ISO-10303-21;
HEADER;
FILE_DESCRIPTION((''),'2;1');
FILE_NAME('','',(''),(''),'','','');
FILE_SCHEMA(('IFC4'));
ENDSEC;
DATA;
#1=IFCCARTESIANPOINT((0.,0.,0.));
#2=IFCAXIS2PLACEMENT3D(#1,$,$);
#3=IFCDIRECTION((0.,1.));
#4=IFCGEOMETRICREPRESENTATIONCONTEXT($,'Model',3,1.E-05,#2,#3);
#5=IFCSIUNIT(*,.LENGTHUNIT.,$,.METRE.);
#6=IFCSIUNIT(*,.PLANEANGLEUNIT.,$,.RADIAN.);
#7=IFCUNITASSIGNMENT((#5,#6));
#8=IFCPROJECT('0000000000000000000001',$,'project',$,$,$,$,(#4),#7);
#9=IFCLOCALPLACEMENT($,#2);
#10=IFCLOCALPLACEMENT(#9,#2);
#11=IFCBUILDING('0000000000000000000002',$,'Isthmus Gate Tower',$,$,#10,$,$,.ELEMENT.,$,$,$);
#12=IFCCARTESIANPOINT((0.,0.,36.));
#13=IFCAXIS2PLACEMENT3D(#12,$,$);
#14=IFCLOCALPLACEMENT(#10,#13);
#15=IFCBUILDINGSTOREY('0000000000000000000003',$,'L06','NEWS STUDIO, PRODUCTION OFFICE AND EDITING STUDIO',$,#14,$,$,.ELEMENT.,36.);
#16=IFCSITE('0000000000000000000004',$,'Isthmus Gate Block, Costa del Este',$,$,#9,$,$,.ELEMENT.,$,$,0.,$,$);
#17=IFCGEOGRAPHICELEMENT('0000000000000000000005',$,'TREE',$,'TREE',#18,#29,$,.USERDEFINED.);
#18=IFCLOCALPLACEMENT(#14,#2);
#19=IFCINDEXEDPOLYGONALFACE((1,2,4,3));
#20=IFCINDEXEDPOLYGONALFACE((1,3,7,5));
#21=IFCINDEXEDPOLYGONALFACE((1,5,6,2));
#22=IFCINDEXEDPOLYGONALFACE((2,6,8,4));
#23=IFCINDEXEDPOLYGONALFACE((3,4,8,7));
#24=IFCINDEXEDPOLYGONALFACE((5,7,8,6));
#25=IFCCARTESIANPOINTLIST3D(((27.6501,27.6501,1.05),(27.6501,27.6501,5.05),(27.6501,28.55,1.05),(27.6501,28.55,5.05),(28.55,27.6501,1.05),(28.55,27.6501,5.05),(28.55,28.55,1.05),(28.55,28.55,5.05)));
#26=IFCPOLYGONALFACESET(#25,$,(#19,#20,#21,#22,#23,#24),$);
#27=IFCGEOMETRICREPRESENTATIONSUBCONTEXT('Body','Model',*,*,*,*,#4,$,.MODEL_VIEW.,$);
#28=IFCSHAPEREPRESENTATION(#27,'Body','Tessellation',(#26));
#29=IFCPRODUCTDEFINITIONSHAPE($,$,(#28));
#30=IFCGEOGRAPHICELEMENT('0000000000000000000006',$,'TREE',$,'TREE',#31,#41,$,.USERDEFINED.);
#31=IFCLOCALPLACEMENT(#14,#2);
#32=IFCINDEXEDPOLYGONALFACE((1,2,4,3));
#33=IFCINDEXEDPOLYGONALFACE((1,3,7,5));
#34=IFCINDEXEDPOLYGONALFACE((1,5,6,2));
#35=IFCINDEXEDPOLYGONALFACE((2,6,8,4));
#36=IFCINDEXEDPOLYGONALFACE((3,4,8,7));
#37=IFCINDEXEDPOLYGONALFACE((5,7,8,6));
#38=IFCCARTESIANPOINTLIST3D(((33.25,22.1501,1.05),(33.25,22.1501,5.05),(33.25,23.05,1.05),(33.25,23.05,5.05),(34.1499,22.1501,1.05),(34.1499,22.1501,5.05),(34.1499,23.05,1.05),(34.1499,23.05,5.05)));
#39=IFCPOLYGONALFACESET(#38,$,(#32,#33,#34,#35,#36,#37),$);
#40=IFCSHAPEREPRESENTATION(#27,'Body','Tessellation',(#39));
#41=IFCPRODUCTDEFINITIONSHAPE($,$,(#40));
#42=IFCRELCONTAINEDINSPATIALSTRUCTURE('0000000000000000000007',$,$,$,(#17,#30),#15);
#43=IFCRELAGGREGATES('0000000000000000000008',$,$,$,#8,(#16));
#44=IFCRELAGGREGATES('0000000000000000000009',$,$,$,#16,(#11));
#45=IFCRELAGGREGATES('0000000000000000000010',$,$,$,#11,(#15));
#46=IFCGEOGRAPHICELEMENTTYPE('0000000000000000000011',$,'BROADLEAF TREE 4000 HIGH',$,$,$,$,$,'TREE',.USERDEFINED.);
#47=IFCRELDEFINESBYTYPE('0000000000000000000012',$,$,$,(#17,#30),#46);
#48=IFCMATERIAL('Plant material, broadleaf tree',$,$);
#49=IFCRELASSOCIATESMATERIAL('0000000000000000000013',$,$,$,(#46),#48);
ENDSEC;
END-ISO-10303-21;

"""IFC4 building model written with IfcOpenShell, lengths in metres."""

from ifc_helpers import new_model, si_unit, direction, frame, origin, origin_2d, place, context, subcontext, project, spatial, rectangle, extrude, material, type_object, element, save


model = new_model("IFC4")

# Units and contexts
model_context = context("Model", 3, precision=1e-05, world=origin(), true_north=direction((0.0, 1.0)))
body_context = subcontext(model_context, "Body", "Model", "MODEL_VIEW")
ifc_project = project(units=[si_unit("LENGTHUNIT", "METRE"), si_unit("PLANEANGLEUNIT", "RADIAN")], contexts=[model_context])

# Site, building, storey
site_placement = place(None, origin())
site = spatial("IfcSite", under=ifc_project, at=site_placement, Name="Isthmus Gate Block, Costa del Este", CompositionType="ELEMENT", RefElevation=0.0)
building_placement = place(site_placement, origin())
building = spatial("IfcBuilding", under=site, at=building_placement, Name="Isthmus Gate Tower", CompositionType="ELEMENT")
storey_placement = place(building_placement, frame((0.0, 0.0, 36.0)))
storey = spatial("IfcBuildingStorey", under=building, at=storey_placement, Name="L06", Description="NEWS STUDIO, PRODUCTION OFFICE AND EDITING STUDIO", CompositionType="ELEMENT", Elevation=36.0)

# Geographic elements
ifc_material_1 = material(Name="Plant material, broadleaf tree")
geographic_element_type = type_object("IfcGeographicElementType", Name="BROADLEAF TREE 4000 HIGH", ElementType="TREE", PredefinedType="USERDEFINED", material=ifc_material_1)
for number, where, z_axis, x_axis, name in (
    (1, (28.1001, 28.1001, 1.05), (0.0, 0.0, 1.0), (1.0, 0.0, 0.0), "TREE"),
    (2, (33.7, 22.6001, 1.05), (0.0, 0.0, 1.0), (1.0, 0.0, 0.0), "TREE"),
):
    element("IfcGeographicElement", number, at=place(storey_placement, frame(where, z_axis=z_axis, x_axis=x_axis)), inside=storey, type_object=geographic_element_type, Name=name, ObjectType="TREE", PredefinedType="USERDEFINED", context=body_context, shape_type="SweptSolid", body=[
        extrude(rectangle(XDim=0.8999, YDim=0.8999, at=origin_2d()), origin(), (0.0, 0.0, 1.0), 4.0),
    ])

save(model, "model.ifc")
